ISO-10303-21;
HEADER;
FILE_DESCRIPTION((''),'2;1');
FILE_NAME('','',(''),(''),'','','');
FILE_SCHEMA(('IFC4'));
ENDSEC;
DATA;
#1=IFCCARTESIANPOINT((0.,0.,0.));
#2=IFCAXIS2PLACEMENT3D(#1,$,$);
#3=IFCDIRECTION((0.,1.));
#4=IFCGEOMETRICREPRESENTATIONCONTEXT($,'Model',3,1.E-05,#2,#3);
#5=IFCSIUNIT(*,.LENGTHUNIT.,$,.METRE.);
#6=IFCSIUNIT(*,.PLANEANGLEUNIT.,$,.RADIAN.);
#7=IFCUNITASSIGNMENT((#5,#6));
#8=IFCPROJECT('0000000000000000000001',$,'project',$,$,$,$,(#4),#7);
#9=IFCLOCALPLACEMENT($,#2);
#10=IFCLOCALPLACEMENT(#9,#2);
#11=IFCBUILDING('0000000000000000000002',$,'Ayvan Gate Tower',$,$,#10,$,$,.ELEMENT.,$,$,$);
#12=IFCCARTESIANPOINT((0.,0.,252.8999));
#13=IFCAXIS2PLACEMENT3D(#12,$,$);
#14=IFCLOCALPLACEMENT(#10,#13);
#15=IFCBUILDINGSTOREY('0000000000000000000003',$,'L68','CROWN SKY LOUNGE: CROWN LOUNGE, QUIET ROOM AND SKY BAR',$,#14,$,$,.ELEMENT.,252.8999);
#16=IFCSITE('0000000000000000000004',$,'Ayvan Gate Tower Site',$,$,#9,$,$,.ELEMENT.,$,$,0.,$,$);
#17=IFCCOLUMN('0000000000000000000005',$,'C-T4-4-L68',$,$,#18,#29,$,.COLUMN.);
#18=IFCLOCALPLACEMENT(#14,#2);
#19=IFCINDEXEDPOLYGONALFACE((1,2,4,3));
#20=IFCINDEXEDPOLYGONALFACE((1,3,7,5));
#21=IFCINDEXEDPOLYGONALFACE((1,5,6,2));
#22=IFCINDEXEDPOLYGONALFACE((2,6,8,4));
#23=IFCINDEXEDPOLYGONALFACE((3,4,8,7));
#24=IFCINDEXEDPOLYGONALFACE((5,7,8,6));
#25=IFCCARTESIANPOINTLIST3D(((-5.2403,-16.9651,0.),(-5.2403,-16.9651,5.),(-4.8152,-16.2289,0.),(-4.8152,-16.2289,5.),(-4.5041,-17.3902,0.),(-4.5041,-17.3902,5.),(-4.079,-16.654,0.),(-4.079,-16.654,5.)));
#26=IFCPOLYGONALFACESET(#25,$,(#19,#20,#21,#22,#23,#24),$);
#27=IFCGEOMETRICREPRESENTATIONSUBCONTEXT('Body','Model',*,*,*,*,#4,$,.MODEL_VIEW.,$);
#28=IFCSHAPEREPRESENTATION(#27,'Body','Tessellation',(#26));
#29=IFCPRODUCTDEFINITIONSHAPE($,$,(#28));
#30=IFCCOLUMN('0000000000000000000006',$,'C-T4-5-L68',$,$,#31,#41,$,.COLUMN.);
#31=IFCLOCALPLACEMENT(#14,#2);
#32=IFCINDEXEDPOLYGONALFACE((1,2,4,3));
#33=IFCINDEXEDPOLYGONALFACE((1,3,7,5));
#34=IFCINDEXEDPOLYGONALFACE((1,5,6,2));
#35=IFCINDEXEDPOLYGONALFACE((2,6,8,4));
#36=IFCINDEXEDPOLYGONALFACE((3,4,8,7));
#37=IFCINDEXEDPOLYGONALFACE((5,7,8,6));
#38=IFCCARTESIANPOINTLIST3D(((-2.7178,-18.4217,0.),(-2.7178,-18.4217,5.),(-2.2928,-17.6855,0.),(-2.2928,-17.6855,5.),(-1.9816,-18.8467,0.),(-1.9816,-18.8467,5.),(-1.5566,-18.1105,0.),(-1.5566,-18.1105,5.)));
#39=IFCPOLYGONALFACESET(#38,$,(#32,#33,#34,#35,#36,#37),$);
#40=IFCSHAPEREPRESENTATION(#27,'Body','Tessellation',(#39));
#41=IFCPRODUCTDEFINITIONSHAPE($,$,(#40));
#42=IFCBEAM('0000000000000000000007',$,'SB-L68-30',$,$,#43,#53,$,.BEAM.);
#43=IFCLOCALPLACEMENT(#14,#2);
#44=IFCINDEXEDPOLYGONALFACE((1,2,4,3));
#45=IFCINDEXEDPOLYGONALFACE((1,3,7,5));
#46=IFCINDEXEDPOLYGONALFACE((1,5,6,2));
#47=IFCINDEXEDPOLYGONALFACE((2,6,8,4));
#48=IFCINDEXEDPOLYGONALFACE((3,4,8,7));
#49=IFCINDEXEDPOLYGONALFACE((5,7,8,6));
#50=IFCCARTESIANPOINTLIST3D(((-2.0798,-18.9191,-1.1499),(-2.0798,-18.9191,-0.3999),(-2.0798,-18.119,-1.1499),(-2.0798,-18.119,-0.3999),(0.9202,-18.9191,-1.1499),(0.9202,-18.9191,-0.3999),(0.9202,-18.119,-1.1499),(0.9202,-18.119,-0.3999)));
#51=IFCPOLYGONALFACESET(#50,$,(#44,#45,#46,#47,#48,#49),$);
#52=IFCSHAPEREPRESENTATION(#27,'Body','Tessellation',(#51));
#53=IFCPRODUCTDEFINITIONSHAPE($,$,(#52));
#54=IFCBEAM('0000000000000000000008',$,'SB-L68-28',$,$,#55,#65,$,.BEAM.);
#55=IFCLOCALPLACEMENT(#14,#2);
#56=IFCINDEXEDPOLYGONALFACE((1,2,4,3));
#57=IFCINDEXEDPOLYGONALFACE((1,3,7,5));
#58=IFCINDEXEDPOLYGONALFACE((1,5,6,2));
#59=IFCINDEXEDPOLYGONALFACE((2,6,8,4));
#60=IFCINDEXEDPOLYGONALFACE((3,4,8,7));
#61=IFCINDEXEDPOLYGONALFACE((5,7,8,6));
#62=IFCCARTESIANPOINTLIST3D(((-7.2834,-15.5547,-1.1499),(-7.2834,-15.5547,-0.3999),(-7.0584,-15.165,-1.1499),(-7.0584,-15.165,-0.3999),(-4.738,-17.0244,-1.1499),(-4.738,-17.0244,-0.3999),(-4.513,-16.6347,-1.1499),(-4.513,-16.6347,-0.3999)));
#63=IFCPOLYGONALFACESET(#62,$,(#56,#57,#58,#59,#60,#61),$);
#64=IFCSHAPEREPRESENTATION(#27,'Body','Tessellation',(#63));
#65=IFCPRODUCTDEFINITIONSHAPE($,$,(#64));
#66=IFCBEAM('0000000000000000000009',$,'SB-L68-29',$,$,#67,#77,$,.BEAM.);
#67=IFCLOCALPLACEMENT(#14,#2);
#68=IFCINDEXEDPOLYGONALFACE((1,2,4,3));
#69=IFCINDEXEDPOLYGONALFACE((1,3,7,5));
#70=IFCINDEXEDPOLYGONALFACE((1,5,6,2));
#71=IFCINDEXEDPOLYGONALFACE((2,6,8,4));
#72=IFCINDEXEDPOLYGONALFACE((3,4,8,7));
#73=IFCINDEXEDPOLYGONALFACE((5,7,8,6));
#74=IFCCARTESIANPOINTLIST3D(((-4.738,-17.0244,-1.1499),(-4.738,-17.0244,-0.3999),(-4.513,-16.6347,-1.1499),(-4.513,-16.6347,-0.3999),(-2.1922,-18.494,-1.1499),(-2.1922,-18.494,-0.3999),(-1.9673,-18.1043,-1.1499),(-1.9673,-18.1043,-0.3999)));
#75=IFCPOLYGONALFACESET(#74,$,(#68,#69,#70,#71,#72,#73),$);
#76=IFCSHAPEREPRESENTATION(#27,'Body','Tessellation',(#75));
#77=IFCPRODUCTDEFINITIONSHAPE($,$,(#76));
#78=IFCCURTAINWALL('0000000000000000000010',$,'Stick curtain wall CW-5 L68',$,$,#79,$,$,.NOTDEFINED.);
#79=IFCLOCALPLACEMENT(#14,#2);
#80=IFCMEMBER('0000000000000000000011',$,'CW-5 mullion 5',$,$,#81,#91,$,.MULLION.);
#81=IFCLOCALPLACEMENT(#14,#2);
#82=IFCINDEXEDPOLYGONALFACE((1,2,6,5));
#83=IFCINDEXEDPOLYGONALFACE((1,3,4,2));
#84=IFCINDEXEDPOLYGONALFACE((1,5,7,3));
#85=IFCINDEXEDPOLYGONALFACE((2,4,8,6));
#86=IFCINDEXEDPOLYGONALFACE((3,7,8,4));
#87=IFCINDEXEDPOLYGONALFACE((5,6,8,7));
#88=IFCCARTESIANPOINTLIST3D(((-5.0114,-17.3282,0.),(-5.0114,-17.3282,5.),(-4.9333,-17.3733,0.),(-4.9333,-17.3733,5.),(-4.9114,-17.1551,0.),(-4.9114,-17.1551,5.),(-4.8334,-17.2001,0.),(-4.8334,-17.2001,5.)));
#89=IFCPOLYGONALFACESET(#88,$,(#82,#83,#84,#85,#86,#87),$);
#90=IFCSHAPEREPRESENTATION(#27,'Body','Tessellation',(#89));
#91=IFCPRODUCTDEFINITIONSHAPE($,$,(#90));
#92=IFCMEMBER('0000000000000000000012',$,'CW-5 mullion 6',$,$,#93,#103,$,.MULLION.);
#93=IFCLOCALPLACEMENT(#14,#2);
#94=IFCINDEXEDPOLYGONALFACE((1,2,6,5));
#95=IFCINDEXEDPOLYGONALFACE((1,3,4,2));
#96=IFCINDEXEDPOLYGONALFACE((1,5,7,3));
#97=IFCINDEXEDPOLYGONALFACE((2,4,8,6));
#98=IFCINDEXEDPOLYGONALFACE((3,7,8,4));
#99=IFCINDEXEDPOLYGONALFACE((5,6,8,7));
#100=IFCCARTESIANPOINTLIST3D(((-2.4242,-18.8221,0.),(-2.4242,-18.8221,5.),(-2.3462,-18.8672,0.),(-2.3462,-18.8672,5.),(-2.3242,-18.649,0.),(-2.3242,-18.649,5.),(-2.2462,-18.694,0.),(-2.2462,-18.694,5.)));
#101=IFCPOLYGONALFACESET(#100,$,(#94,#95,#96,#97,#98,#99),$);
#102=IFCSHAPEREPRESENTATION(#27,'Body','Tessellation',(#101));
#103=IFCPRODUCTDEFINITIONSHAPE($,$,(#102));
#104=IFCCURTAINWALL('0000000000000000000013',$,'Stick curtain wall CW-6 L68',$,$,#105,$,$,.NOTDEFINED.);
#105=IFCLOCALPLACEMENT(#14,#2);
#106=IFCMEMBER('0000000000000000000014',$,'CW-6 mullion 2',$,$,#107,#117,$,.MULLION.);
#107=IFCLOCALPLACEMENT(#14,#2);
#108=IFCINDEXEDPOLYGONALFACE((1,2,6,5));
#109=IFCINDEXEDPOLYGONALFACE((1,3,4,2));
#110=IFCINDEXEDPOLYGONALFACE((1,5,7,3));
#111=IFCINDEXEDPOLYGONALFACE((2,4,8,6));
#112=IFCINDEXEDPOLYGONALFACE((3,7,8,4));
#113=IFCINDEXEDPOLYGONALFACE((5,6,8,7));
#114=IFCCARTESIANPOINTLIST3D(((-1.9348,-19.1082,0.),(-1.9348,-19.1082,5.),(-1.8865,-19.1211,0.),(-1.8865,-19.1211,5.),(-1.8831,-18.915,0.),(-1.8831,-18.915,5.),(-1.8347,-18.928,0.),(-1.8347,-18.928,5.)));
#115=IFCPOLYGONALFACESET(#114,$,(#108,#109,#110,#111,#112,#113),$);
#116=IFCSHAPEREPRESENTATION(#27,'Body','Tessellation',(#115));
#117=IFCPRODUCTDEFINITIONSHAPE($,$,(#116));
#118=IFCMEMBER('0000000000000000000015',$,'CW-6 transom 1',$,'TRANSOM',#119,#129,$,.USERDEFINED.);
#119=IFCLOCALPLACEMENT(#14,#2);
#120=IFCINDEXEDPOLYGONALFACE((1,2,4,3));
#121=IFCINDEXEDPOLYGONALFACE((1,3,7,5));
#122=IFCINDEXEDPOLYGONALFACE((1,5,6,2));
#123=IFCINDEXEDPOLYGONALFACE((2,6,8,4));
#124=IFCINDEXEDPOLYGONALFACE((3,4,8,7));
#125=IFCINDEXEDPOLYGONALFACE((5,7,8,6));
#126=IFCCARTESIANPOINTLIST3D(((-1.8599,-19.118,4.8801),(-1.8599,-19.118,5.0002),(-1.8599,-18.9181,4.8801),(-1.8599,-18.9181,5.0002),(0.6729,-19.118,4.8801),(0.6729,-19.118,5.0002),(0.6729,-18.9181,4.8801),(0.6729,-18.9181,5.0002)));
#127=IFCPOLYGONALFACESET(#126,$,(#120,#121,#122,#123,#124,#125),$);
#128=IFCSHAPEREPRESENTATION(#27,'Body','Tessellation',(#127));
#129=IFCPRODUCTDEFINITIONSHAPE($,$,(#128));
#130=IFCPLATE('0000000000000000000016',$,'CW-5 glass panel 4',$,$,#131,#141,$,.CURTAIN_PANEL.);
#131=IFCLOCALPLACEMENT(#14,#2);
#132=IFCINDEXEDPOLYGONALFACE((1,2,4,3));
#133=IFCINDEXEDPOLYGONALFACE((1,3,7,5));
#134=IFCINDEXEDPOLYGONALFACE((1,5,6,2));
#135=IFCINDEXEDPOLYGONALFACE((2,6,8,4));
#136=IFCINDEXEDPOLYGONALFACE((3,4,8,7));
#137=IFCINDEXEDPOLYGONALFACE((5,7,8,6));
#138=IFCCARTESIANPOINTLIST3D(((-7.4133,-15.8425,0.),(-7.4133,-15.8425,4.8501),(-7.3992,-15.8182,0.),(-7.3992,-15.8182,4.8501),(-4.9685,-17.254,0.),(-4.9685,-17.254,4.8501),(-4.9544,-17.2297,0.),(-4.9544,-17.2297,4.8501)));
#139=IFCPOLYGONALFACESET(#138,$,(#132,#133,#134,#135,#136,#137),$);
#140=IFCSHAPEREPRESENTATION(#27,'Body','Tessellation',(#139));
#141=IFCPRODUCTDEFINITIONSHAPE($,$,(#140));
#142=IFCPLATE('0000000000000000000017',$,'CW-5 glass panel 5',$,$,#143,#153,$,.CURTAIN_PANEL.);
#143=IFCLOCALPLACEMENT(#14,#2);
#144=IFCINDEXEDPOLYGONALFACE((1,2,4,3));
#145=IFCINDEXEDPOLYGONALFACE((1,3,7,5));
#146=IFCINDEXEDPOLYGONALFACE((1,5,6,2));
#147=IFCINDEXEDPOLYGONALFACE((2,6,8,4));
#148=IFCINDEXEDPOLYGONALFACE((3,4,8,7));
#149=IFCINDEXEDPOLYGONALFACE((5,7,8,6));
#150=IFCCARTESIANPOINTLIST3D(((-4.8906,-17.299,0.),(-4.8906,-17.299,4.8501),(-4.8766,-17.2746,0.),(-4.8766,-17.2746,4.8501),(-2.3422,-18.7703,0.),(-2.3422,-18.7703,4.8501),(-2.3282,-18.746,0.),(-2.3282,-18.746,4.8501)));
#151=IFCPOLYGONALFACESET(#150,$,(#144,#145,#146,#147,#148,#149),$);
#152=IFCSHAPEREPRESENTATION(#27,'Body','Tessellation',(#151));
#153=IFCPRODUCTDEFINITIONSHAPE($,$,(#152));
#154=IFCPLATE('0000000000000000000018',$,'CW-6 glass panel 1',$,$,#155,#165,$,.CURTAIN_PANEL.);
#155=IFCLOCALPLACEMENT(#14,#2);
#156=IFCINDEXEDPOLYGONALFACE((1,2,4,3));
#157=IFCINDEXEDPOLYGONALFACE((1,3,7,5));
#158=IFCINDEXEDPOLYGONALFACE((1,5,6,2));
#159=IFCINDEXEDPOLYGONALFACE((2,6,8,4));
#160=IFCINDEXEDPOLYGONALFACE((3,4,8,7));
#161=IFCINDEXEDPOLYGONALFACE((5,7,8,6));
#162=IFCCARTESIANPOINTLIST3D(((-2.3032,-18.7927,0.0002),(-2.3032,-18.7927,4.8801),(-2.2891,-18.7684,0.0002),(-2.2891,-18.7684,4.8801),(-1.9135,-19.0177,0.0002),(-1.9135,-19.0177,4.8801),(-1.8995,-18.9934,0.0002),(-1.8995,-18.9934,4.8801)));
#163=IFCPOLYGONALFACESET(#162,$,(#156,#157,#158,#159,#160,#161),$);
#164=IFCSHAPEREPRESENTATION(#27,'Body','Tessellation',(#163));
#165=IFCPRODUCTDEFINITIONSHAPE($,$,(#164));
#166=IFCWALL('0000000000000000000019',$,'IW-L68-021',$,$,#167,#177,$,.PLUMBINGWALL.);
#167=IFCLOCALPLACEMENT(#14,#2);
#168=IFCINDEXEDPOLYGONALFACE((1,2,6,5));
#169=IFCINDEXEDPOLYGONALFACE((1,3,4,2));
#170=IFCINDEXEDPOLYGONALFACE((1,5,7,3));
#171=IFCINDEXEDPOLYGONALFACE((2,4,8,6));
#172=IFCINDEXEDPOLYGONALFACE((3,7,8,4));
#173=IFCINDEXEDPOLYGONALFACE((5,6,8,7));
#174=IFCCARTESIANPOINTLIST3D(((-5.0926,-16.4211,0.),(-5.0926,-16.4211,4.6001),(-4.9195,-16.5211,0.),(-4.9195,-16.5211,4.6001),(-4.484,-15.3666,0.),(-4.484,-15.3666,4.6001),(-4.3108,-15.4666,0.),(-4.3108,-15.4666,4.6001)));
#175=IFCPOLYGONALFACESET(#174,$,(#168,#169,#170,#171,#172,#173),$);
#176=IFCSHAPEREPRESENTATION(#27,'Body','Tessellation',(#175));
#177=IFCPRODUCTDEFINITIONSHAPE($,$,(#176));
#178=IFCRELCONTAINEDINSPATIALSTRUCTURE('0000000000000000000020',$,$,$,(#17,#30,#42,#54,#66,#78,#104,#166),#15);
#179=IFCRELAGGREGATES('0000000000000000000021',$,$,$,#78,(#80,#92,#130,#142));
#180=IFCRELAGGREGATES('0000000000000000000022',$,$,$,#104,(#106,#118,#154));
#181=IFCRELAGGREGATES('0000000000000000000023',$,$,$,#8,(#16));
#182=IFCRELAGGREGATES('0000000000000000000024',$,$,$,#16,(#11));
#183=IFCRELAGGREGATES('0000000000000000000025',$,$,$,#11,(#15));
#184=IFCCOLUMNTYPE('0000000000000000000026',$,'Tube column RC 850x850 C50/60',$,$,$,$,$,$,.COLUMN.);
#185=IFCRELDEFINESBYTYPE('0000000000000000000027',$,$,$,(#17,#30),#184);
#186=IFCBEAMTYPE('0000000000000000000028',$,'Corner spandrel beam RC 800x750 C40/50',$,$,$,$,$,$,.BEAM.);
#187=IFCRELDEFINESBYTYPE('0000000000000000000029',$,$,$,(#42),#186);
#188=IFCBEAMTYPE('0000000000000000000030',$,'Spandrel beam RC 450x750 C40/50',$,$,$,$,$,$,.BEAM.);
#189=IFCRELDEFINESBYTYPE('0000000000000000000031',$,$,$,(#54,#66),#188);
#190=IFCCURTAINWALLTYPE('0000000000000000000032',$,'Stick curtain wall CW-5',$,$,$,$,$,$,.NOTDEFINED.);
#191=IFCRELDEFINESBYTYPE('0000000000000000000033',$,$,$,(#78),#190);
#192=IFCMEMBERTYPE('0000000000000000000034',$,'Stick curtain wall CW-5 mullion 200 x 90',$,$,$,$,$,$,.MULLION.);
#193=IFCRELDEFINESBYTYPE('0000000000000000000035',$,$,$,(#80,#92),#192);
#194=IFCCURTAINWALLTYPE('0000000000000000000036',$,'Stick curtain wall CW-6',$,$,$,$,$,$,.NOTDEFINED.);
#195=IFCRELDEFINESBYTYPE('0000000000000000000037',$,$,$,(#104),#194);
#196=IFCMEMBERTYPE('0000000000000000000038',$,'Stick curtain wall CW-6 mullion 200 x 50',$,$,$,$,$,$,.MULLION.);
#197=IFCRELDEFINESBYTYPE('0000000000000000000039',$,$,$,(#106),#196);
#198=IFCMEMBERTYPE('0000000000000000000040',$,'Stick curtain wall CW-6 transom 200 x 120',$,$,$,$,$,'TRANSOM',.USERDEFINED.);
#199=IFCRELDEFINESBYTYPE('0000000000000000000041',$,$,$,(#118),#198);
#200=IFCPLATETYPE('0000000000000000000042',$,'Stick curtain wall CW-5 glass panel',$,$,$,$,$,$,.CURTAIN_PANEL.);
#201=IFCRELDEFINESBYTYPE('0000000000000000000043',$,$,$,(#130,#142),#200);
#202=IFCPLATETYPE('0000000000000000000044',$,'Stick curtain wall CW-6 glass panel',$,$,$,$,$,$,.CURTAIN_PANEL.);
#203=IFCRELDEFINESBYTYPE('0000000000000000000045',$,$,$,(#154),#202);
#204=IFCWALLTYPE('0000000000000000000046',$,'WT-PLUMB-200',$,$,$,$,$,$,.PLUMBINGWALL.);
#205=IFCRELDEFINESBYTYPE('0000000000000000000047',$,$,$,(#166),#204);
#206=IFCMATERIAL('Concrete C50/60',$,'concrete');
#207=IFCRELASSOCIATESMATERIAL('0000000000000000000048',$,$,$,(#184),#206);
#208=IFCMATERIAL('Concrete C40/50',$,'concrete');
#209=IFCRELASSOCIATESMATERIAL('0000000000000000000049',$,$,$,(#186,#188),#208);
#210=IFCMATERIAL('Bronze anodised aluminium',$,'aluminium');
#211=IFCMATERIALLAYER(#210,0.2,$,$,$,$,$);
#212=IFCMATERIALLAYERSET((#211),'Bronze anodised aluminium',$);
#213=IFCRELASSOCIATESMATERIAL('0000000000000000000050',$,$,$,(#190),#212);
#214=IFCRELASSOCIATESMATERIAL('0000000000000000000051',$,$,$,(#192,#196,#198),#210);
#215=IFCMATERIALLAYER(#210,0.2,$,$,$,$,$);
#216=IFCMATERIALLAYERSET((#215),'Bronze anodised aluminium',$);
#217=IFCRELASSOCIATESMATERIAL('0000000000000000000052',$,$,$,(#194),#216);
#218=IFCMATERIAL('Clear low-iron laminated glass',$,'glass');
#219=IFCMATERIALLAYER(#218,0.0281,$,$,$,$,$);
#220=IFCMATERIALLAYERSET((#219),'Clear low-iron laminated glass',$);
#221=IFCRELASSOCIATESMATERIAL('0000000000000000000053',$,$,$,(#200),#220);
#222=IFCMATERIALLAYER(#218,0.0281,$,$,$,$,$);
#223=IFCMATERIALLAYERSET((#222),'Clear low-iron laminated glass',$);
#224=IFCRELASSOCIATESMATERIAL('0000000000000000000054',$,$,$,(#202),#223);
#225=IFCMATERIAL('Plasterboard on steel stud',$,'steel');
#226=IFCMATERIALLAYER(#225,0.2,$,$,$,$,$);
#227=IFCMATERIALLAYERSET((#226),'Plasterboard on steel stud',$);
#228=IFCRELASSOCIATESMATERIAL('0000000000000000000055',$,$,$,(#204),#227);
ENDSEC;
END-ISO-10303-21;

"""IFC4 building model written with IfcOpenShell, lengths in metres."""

from ifc_helpers import new_model, si_unit, direction, frame, frame_2d, origin, origin_2d, place, context, subcontext, project, spatial, rectangle, extrude, material, layer, layer_set, material_profile, profile_set, type_object, element, aggregate, save


model = new_model("IFC4")

# Units and contexts
model_context = context("Model", 3, precision=1e-05, world=origin(), true_north=direction((0.0, 1.0)))
body_context = subcontext(model_context, "Body", "Model", "MODEL_VIEW")
ifc_project = project(units=[si_unit("LENGTHUNIT", "METRE"), si_unit("PLANEANGLEUNIT", "RADIAN")], contexts=[model_context])

# Site, building, storey
site_placement = place(None, origin())
site = spatial("IfcSite", under=ifc_project, at=site_placement, Name="Ayvan Gate Tower Site", CompositionType="ELEMENT", RefElevation=0.0)
building_placement = place(site_placement, origin())
building = spatial("IfcBuilding", under=site, at=building_placement, Name="Ayvan Gate Tower", CompositionType="ELEMENT")
storey_placement = place(building_placement, frame((0.0, 0.0, 252.8999)))
storey = spatial("IfcBuildingStorey", under=building, at=storey_placement, Name="L68", Description="CROWN SKY LOUNGE: CROWN LOUNGE, QUIET ROOM AND SKY BAR", CompositionType="ELEMENT", Elevation=252.8999)

# Columns
ifc_material_1 = material(Name="Concrete C50/60", Category="concrete")
ifc_material_profile_1 = material_profile(ifc_material_1, rectangle(XDim=0.8501, YDim=0.8501, at=origin_2d()), Name="RC 850x850")
ifc_profile_set_1 = profile_set([ifc_material_profile_1], Name="Concrete C50/60")
column_type = type_object("IfcColumnType", Name="Tube column RC 850x850 C50/60", PredefinedType="COLUMN", material=ifc_profile_set_1)
for number, where, z_axis, x_axis, name in (
    (1, (-4.6597, -16.8096, 0.0), (0.0, 0.0, 1.0), (-0.5, -0.866025, 0.0), "C-T4-4-L68"),
    (2, (-2.1372, -18.2661, 0.0), (0.0, 0.0, 1.0), (-0.5, -0.866025, 0.0), "C-T4-5-L68"),
):
    element("IfcColumn", number, at=place(storey_placement, frame(where, z_axis=z_axis, x_axis=x_axis)), inside=storey, type_object=column_type, Name=name, PredefinedType="COLUMN", context=body_context, shape_type="SweptSolid", body=[
        extrude(rectangle(XDim=0.8501, YDim=0.8501, at=origin_2d()), origin(), (0.0, 0.0, 1.0), 5.0),
    ])

# Beams
ifc_material_2 = material(Name="Concrete C40/50", Category="concrete")
ifc_material_profile_2 = material_profile(ifc_material_2, rectangle(XDim=0.8, YDim=0.75, at=origin_2d()), Name="RC 800x750")
ifc_profile_set_2 = profile_set([ifc_material_profile_2], Name="Concrete C40/50")
beam_type_1 = type_object("IfcBeamType", Name="Corner spandrel beam RC 800x750 C40/50", PredefinedType="BEAM", material=ifc_profile_set_2)
beam_1_placement = place(storey_placement, frame((-2.0798, -18.519, -0.7749), z_axis=(1.0, 0.0, 0.0), x_axis=(0.0, 1.0, 0.0)))
element("IfcBeam", 3, at=beam_1_placement, inside=storey, type_object=beam_type_1, Name="SB-L68-30", PredefinedType="BEAM", context=body_context, shape_type="SweptSolid", body=[
    extrude(rectangle(XDim=0.8, YDim=0.75, at=origin_2d()), origin(), (0.0, 0.0, 1.0), 3.0),
])
ifc_material_profile_3 = material_profile(ifc_material_2, rectangle(XDim=0.45, YDim=0.75, at=origin_2d()), Name="RC 450x750")
ifc_profile_set_3 = profile_set([ifc_material_profile_3], Name="Concrete C40/50")
beam_type_2 = type_object("IfcBeamType", Name="Spandrel beam RC 450x750 C40/50", PredefinedType="BEAM", material=ifc_profile_set_3)
beam_2_placement = place(storey_placement, frame((-7.1709, -15.3599, -0.7749), z_axis=(0.866006, -0.500034, 0.0), x_axis=(0.500034, 0.866006, 0.0)))
element("IfcBeam", 4, at=beam_2_placement, inside=storey, type_object=beam_type_2, Name="SB-L68-28", PredefinedType="BEAM", context=body_context, shape_type="SweptSolid", body=[
    extrude(rectangle(XDim=0.45, YDim=0.75, at=origin_2d()), origin(), (0.0, 0.0, 1.0), 2.9392),
])
beam_3_placement = place(storey_placement, frame((-4.6255, -16.8296, -0.7749), z_axis=(0.866062, -0.499936, 0.0), x_axis=(0.499936, 0.866062, 0.0)))
element("IfcBeam", 5, at=beam_3_placement, inside=storey, type_object=beam_type_2, Name="SB-L68-29", PredefinedType="BEAM", context=body_context, shape_type="SweptSolid", body=[
    extrude(rectangle(XDim=0.45, YDim=0.75, at=origin_2d()), origin(), (0.0, 0.0, 1.0), 2.9395),
])

# Curtain walls, members
ifc_material_3 = material(Name="Bronze anodised aluminium", Category="aluminium")
ifc_layer_1 = layer(ifc_material_3, 0.2)
ifc_layer_set_1 = layer_set([ifc_layer_1], Name="Bronze anodised aluminium")
curtain_wall_type_1 = type_object("IfcCurtainWallType", Name="Stick curtain wall CW-5", PredefinedType="NOTDEFINED", material=ifc_layer_set_1)
curtain_wall_1_placement = place(storey_placement, origin())
curtain_wall_1 = element("IfcCurtainWall", 6, at=curtain_wall_1_placement, inside=storey, type_object=curtain_wall_type_1, Name="Stick curtain wall CW-5 L68", PredefinedType="NOTDEFINED")
ifc_material_profile_4 = material_profile(ifc_material_3, rectangle(XDim=0.2, YDim=0.0901, at=origin_2d()), Name="Stick curtain wall CW-5 mullion 200 x 90")
ifc_profile_set_4 = profile_set([ifc_material_profile_4], Name="Bronze anodised aluminium")
member_type_1 = type_object("IfcMemberType", Name="Stick curtain wall CW-5 mullion 200 x 90", PredefinedType="MULLION", material=ifc_profile_set_4)
member_1_placement = place(storey_placement, frame((-4.9224, -17.2642, 0.0), z_axis=(0.0, 0.0, 1.0), x_axis=(-0.5, -0.866025, 0.0)))
member_1 = element("IfcMember", 7, at=member_1_placement, type_object=member_type_1, Name="CW-5 mullion 5", PredefinedType="MULLION", context=body_context, shape_type="SweptSolid", body=[
    extrude(rectangle(XDim=0.2, YDim=0.0901, at=origin_2d()), origin(), (0.0, 0.0, 1.0), 5.0),
])
member_2_placement = place(storey_placement, frame((-2.3352, -18.7581, 0.0), z_axis=(0.0, 0.0, 1.0), x_axis=(-0.5, -0.866025, 0.0)))
member_2 = element("IfcMember", 8, at=member_2_placement, type_object=member_type_1, Name="CW-5 mullion 6", PredefinedType="MULLION", context=body_context, shape_type="SweptSolid", body=[
    extrude(rectangle(XDim=0.2, YDim=0.0901, at=origin_2d()), origin(), (0.0, 0.0, 1.0), 5.0),
])
ifc_layer_2 = layer(ifc_material_3, 0.2)
ifc_layer_set_2 = layer_set([ifc_layer_2], Name="Bronze anodised aluminium")
curtain_wall_type_2 = type_object("IfcCurtainWallType", Name="Stick curtain wall CW-6", PredefinedType="NOTDEFINED", material=ifc_layer_set_2)
curtain_wall_2_placement = place(storey_placement, origin())
curtain_wall_2 = element("IfcCurtainWall", 9, at=curtain_wall_2_placement, inside=storey, type_object=curtain_wall_type_2, Name="Stick curtain wall CW-6 L68", PredefinedType="NOTDEFINED")
ifc_material_profile_5 = material_profile(ifc_material_3, rectangle(XDim=0.2, YDim=0.05, at=origin_2d()), Name="Stick curtain wall CW-6 mullion 200 x 50")
ifc_profile_set_5 = profile_set([ifc_material_profile_5], Name="Bronze anodised aluminium")
member_type_2 = type_object("IfcMemberType", Name="Stick curtain wall CW-6 mullion 200 x 50", PredefinedType="MULLION", material=ifc_profile_set_5)
member_3_placement = place(storey_placement, frame((-1.8848, -19.0181, 0.0), z_axis=(0.0, 0.0, 1.0), x_axis=(-0.258819, -0.965926, 0.0)))
member_3 = element("IfcMember", 10, at=member_3_placement, type_object=member_type_2, Name="CW-6 mullion 2", PredefinedType="MULLION", context=body_context, shape_type="SweptSolid", body=[
    extrude(rectangle(XDim=0.2, YDim=0.05, at=origin_2d()), origin(), (0.0, 0.0, 1.0), 5.0),
])
ifc_material_profile_6 = material_profile(ifc_material_3, rectangle(XDim=0.2, YDim=0.1201, at=origin_2d()), Name="Stick curtain wall CW-6 transom 200 x 120")
ifc_profile_set_6 = profile_set([ifc_material_profile_6], Name="Bronze anodised aluminium")
member_type_3 = type_object("IfcMemberType", Name="Stick curtain wall CW-6 transom 200 x 120", ElementType="TRANSOM", PredefinedType="USERDEFINED", material=ifc_profile_set_6)
member_4_placement = place(storey_placement, frame((-1.8599, -19.0181, 4.9402), z_axis=(1.0, 0.0, 0.0), x_axis=(0.0, 1.0, 0.0)))
member_4 = element("IfcMember", 11, at=member_4_placement, type_object=member_type_3, Name="CW-6 transom 1", ObjectType="TRANSOM", PredefinedType="USERDEFINED", context=body_context, shape_type="SweptSolid", body=[
    extrude(rectangle(XDim=0.2, YDim=0.1201, at=origin_2d()), origin(), (0.0, 0.0, 1.0), 2.5327),
])

# Plates
ifc_material_4 = material(Name="Clear low-iron laminated glass", Category="glass")
ifc_layer_3 = layer(ifc_material_4, 0.0281)
ifc_layer_set_3 = layer_set([ifc_layer_3], Name="Clear low-iron laminated glass")
plate_type_1 = type_object("IfcPlateType", Name="Stick curtain wall CW-5 glass panel", PredefinedType="CURTAIN_PANEL", material=ifc_layer_set_3)
plate_1_placement = place(storey_placement, frame((-6.1838, -16.5361, 0.0), z_axis=(0.0, 0.0, 1.0), x_axis=(0.866025, -0.5, 0.0)))
plate_1 = element("IfcPlate", 12, at=plate_1_placement, type_object=plate_type_1, Name="CW-5 glass panel 4", PredefinedType="CURTAIN_PANEL", context=body_context, shape_type="SweptSolid", body=[
    extrude(rectangle(XDim=2.823, YDim=0.0281, at=origin_2d()), origin(), (0.0, 0.0, 1.0), 4.8501),
])
plate_2_placement = place(storey_placement, frame((-3.6094, -18.0225, 0.0), z_axis=(0.0, 0.0, 1.0), x_axis=(0.866025, -0.5, 0.0)))
plate_2 = element("IfcPlate", 13, at=plate_2_placement, type_object=plate_type_1, Name="CW-5 glass panel 5", PredefinedType="CURTAIN_PANEL", context=body_context, shape_type="SweptSolid", body=[
    extrude(rectangle(XDim=2.9426, YDim=0.0281, at=origin_2d()), origin(), (0.0, 0.0, 1.0), 4.8501),
])
aggregate(curtain_wall_1, [member_1, member_2, plate_1, plate_2])
ifc_layer_4 = layer(ifc_material_4, 0.0281)
ifc_layer_set_4 = layer_set([ifc_layer_4], Name="Clear low-iron laminated glass")
plate_type_2 = type_object("IfcPlateType", Name="Stick curtain wall CW-6 glass panel", PredefinedType="CURTAIN_PANEL", material=ifc_layer_set_4)
plate_3_placement = place(storey_placement, frame((-2.1013, -18.8931, 0.0002), z_axis=(0.0, 0.0, 1.0), x_axis=(0.866025, -0.5, 0.0)))
plate_3 = element("IfcPlate", 14, at=plate_3_placement, type_object=plate_type_2, Name="CW-6 glass panel 1", PredefinedType="CURTAIN_PANEL", context=body_context, shape_type="SweptSolid", body=[
    extrude(rectangle(XDim=0.45, YDim=0.0281, at=origin_2d()), origin(), (0.0, 0.0, 1.0), 4.8799),
])
aggregate(curtain_wall_2, [member_3, member_4, plate_3])

# Wall
ifc_material_5 = material(Name="Plasterboard on steel stud", Category="steel")
ifc_layer_5 = layer(ifc_material_5, 0.2)
ifc_layer_set_5 = layer_set([ifc_layer_5], Name="Plasterboard on steel stud")
wall_type_1 = type_object("IfcWallType", Name="WT-PLUMB-200", PredefinedType="PLUMBINGWALL", material=ifc_layer_set_5)
wall_1_placement = place(storey_placement, frame((-5.0061, -16.4712, 0.0), z_axis=(0.0, 0.0, 1.0), x_axis=(0.499913, 0.866075, 0.0)))
element("IfcWall", 15, at=wall_1_placement, inside=storey, type_object=wall_type_1, Name="IW-L68-021", PredefinedType="PLUMBINGWALL", context=body_context, shape_type="SweptSolid", body=[
    extrude(rectangle(XDim=1.2175, YDim=0.2, at=frame_2d((0.6089, 0.0))), origin(), (0.0, 0.0, 1.0), 4.6001),
])

save(model, "model.ifc")
